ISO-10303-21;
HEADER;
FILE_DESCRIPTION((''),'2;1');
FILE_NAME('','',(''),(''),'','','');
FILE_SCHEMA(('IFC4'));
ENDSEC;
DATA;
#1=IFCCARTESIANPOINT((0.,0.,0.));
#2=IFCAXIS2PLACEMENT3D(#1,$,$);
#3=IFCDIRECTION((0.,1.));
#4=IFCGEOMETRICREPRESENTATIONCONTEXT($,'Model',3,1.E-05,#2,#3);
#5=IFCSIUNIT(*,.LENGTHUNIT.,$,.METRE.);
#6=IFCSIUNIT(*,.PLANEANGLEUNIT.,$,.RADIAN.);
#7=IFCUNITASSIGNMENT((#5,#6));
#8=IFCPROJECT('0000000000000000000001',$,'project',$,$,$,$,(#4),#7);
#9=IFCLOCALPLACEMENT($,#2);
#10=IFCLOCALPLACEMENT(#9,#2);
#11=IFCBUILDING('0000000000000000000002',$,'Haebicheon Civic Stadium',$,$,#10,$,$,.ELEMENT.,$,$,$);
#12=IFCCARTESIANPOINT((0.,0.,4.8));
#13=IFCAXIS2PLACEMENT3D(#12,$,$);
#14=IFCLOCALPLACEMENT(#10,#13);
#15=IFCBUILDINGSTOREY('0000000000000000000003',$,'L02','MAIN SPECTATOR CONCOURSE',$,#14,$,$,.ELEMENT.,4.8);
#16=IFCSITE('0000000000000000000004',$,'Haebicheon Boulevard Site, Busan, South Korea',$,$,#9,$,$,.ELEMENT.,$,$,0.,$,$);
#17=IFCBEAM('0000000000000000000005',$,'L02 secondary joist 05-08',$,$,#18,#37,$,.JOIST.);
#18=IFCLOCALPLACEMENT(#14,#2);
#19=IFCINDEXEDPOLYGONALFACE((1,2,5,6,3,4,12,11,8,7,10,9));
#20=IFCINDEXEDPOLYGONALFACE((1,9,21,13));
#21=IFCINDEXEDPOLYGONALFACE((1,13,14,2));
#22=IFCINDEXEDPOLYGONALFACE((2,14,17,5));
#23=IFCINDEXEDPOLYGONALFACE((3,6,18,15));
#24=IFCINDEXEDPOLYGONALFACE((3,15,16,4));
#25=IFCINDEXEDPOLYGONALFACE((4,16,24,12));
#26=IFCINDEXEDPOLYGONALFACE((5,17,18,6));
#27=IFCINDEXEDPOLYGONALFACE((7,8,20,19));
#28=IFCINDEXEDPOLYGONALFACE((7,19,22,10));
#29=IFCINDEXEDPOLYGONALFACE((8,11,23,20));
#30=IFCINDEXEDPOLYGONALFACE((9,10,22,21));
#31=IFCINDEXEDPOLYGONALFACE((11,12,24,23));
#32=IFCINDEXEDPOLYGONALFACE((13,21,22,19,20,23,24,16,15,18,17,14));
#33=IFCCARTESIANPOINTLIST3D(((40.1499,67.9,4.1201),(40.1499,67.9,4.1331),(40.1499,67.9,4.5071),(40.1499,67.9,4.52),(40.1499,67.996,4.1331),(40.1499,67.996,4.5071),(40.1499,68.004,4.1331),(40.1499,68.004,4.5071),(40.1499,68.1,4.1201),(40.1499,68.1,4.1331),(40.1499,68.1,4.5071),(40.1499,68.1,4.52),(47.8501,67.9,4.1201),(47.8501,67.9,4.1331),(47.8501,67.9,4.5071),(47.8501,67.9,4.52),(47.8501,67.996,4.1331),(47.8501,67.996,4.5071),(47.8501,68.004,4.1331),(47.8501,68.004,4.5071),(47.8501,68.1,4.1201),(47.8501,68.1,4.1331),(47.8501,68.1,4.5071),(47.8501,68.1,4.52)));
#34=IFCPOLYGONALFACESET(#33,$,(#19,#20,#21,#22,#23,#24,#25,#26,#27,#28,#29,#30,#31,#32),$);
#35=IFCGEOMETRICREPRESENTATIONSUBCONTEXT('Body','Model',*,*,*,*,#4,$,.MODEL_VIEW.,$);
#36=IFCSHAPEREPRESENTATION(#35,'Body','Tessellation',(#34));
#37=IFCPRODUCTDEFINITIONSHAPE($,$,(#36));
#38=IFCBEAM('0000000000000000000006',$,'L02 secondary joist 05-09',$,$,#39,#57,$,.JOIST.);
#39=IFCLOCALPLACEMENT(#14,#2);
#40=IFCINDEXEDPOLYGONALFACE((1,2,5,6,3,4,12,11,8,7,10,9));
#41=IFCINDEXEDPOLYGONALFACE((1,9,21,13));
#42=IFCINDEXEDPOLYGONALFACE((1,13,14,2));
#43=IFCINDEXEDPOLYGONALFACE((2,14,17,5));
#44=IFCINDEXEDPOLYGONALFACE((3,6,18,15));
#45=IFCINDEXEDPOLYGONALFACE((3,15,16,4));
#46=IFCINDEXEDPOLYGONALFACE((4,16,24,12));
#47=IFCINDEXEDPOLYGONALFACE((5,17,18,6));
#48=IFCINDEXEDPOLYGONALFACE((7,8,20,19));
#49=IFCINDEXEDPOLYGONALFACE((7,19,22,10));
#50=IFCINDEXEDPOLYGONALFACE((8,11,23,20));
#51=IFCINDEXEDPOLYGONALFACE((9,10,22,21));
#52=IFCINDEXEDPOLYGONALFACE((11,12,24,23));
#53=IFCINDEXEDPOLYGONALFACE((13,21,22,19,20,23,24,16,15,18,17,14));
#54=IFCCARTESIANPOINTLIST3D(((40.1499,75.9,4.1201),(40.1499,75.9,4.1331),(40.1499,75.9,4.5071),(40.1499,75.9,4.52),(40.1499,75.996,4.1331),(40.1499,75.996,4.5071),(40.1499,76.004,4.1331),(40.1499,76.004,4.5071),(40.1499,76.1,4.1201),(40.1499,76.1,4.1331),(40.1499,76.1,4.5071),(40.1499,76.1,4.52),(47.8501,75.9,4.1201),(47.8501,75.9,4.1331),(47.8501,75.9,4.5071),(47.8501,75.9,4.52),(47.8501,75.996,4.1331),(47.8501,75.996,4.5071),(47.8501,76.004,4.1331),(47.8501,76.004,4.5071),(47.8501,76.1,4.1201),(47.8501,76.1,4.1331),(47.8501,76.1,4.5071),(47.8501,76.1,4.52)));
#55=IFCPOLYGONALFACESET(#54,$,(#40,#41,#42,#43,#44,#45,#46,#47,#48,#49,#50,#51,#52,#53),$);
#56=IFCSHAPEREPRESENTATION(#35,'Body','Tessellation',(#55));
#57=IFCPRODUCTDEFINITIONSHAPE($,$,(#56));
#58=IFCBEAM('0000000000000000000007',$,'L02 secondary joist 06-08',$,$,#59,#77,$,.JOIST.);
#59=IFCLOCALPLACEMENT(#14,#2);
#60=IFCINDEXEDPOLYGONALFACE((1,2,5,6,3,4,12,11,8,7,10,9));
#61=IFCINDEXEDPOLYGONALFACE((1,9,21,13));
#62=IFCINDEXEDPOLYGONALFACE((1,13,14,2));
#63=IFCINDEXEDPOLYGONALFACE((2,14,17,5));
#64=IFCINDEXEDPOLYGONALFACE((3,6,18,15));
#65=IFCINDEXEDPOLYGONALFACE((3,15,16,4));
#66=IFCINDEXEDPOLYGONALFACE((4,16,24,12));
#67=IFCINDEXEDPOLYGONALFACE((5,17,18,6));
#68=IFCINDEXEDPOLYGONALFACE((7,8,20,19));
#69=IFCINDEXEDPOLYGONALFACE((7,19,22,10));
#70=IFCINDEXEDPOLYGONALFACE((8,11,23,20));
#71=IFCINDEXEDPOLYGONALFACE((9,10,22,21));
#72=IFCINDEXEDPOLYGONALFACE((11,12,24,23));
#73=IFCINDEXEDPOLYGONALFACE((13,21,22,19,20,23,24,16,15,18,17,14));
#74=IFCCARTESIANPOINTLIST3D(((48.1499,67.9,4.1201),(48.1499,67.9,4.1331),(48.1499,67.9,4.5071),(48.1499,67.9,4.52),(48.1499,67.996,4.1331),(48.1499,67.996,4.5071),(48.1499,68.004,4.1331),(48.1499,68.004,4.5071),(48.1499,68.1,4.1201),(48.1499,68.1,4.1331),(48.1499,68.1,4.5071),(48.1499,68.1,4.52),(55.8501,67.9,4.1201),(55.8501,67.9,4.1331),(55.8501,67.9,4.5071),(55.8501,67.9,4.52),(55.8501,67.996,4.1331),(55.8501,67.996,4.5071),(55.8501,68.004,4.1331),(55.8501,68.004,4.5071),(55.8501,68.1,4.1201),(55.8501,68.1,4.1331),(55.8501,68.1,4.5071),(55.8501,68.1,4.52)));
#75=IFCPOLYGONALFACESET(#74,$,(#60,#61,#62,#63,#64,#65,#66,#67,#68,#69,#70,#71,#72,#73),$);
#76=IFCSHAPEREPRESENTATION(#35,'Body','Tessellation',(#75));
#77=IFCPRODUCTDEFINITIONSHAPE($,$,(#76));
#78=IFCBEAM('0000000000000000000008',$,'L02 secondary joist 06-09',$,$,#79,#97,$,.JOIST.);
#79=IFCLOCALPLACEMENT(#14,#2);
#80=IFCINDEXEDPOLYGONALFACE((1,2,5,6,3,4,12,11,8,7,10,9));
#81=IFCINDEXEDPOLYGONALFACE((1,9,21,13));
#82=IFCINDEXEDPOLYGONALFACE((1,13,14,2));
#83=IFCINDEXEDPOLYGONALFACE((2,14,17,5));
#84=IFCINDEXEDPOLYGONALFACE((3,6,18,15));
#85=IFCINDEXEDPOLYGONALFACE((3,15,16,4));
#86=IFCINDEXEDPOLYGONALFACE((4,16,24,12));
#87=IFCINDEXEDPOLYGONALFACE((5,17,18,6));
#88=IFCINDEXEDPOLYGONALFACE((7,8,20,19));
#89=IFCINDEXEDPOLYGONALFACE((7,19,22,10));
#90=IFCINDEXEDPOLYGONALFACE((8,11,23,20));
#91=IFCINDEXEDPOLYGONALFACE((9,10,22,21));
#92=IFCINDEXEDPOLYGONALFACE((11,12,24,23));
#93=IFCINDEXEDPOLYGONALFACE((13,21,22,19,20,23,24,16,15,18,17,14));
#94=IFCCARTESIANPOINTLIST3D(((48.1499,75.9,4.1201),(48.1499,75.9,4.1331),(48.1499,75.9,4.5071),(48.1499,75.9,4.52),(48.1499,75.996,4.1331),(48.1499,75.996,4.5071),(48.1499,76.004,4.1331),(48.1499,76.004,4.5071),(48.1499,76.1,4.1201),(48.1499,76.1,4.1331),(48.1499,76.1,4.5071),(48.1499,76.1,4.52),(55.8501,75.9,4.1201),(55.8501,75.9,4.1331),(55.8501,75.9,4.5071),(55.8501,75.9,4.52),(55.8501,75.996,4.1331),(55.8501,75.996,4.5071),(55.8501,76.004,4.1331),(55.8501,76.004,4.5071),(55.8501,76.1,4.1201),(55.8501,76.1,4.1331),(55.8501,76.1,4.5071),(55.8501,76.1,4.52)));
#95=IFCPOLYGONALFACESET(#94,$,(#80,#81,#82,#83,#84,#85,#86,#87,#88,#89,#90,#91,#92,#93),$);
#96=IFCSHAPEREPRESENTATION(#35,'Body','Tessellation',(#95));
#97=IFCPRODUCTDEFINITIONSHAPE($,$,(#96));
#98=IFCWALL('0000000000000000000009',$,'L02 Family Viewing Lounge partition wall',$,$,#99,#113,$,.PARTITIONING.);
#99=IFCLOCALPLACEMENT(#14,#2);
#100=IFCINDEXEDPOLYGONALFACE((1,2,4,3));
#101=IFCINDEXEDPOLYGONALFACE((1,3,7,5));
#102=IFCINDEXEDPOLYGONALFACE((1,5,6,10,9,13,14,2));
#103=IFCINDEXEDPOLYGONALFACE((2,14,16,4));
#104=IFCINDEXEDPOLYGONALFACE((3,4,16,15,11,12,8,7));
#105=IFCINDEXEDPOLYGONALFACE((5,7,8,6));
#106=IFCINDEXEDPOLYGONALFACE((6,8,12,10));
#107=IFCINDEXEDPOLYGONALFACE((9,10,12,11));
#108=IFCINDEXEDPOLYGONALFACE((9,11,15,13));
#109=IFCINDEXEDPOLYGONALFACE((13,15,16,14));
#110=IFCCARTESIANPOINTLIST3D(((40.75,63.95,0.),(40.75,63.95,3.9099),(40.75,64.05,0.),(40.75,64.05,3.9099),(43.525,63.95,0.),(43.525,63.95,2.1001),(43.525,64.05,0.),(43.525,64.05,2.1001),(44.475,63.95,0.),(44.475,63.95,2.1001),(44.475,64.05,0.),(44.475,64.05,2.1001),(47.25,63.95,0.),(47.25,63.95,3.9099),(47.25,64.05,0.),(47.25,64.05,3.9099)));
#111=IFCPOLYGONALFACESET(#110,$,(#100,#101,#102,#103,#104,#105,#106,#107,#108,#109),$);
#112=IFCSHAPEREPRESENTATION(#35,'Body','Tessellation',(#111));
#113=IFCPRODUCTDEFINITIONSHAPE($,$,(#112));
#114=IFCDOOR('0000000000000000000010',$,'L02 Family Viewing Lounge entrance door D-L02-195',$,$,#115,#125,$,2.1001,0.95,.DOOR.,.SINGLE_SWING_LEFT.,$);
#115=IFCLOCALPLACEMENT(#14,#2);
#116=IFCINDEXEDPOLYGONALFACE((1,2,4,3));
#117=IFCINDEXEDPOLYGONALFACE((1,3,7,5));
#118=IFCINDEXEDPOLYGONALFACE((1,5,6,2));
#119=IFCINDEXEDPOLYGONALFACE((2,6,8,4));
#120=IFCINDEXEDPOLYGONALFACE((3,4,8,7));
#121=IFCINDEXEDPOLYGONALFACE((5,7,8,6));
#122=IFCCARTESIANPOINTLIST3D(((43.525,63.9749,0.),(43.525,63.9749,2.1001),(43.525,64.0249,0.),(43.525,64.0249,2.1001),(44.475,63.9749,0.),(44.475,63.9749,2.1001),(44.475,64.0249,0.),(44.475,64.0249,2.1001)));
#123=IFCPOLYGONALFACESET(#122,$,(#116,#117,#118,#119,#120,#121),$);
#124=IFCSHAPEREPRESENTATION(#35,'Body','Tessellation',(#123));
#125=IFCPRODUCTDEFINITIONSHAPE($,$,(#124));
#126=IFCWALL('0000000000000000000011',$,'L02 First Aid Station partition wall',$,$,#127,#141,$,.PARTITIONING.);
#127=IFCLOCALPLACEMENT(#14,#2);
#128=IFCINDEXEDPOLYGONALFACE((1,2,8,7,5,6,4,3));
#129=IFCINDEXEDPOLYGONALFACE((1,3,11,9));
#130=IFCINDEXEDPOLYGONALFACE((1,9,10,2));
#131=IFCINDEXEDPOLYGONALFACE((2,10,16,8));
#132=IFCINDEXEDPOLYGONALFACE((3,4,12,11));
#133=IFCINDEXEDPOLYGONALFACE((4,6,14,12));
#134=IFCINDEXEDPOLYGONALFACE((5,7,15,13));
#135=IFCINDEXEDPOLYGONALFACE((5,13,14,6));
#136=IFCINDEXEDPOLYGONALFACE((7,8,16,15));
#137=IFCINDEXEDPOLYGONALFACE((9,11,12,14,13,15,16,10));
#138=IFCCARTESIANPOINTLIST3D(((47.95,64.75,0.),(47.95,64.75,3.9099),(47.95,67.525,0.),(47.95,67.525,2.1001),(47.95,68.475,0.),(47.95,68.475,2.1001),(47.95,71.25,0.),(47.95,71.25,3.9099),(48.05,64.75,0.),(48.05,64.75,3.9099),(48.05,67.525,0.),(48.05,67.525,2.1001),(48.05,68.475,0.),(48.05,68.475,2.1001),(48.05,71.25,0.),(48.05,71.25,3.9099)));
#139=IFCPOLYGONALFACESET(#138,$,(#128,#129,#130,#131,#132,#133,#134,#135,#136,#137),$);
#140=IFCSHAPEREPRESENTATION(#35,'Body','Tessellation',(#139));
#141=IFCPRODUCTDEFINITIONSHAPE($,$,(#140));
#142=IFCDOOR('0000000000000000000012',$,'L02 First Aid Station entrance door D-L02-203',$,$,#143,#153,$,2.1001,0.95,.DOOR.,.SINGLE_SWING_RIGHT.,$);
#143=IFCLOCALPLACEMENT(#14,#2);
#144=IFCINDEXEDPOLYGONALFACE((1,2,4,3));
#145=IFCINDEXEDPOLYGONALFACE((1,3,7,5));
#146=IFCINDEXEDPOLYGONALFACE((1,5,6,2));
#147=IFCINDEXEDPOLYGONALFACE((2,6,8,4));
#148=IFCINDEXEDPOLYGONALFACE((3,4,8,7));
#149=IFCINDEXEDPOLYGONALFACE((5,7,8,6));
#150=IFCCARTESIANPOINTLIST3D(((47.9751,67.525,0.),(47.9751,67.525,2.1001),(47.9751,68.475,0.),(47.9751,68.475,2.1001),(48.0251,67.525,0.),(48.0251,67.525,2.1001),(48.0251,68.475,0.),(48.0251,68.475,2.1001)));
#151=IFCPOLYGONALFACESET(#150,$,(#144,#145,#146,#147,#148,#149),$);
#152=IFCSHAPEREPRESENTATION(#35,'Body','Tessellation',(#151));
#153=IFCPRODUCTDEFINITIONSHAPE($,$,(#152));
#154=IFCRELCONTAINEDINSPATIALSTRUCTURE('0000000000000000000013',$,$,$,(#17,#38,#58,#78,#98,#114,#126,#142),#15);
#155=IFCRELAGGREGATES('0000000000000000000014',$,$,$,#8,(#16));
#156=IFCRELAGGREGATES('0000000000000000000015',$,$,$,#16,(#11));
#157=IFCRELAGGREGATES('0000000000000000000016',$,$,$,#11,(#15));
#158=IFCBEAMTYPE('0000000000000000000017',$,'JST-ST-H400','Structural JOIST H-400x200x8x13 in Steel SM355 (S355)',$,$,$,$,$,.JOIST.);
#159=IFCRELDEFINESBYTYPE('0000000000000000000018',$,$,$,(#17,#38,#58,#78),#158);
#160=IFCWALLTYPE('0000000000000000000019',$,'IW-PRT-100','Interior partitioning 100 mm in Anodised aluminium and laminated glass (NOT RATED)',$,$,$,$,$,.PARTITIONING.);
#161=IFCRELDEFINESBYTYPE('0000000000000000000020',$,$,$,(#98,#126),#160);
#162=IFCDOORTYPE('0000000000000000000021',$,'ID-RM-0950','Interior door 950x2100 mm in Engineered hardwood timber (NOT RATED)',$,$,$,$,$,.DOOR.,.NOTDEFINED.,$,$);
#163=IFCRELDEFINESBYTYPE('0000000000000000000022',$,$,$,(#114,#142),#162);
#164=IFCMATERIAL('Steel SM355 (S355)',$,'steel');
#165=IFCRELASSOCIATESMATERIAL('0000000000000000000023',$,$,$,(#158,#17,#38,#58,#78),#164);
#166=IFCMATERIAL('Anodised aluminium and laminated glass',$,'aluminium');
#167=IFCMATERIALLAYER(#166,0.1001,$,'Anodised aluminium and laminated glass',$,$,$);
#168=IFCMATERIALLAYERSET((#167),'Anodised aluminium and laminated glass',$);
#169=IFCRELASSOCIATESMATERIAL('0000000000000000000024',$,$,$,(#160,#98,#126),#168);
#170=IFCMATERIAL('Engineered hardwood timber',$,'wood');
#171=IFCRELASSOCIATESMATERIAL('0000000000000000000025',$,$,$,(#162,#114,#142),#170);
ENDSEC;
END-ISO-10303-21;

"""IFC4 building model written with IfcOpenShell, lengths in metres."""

from ifc_helpers import new_model, si_unit, direction, frame, frame_2d, origin, origin_2d, place, context, subcontext, project, spatial, rectangle, i_section, extrude, material, layer, layer_set, material_profile, profile_set, type_object, element, fill, save


model = new_model("IFC4")

# Units and contexts
model_context = context("Model", 3, precision=1e-05, world=origin(), true_north=direction((0.0, 1.0)))
body_context = subcontext(model_context, "Body", "Model", "MODEL_VIEW")
ifc_project = project(units=[si_unit("LENGTHUNIT", "METRE"), si_unit("PLANEANGLEUNIT", "RADIAN")], contexts=[model_context])

# Site, building, storey
site_placement = place(None, origin())
site = spatial("IfcSite", under=ifc_project, at=site_placement, Name="Haebicheon Boulevard Site, Busan, South Korea", CompositionType="ELEMENT", RefElevation=0.0)
building_placement = place(site_placement, origin())
building = spatial("IfcBuilding", under=site, at=building_placement, Name="Haebicheon Civic Stadium", CompositionType="ELEMENT")
storey_placement = place(building_placement, frame((0.0, 0.0, 4.8)))
storey = spatial("IfcBuildingStorey", under=building, at=storey_placement, Name="L02", Description="MAIN SPECTATOR CONCOURSE", CompositionType="ELEMENT", Elevation=4.8)

# Beams
ifc_material_1 = material(Name="Steel SM355 (S355)", Category="steel")
ifc_material_profile_1 = material_profile(ifc_material_1, i_section(OverallWidth=0.2, OverallDepth=0.3999, WebThickness=0.0081, FlangeThickness=0.0129, at=origin_2d()), Name="H-400x200x8x13")
ifc_profile_set_1 = profile_set([ifc_material_profile_1], Name="Steel SM355 (S355)")
beam_type_1 = type_object("IfcBeamType", Name="JST-ST-H400", Description="Structural JOIST H-400x200x8x13 in Steel SM355 (S355)", PredefinedType="JOIST", material=ifc_profile_set_1)
for number, where, z_axis, x_axis, name in (
    (1, (40.1499, 68.0, 4.3201), (1.0, 0.0, 0.0), (0.0, 1.0, 0.0), "L02 secondary joist 05-08"),
    (2, (40.1499, 76.0, 4.3201), (1.0, 0.0, 0.0), (0.0, 1.0, 0.0), "L02 secondary joist 05-09"),
    (3, (48.1499, 68.0, 4.3201), (1.0, 0.0, 0.0), (0.0, 1.0, 0.0), "L02 secondary joist 06-08"),
    (4, (48.1499, 76.0, 4.3201), (1.0, 0.0, 0.0), (0.0, 1.0, 0.0), "L02 secondary joist 06-09"),
):
    element("IfcBeam", number, at=place(storey_placement, frame(where, z_axis=z_axis, x_axis=x_axis)), inside=storey, type_object=beam_type_1, material=ifc_profile_set_1, Name=name, PredefinedType="JOIST", context=body_context, shape_type="SweptSolid", body=[
        extrude(i_section(OverallWidth=0.2, OverallDepth=0.3999, WebThickness=0.0081, FlangeThickness=0.0129, at=origin_2d()), origin(), (0.0, 0.0, 1.0), 7.7002),
    ])

# Walls, openings, doors
ifc_material_2 = material(Name="Anodised aluminium and laminated glass", Category="aluminium")
ifc_layer = layer(ifc_material_2, 0.1001, Name="Anodised aluminium and laminated glass")
ifc_layer_set = layer_set([ifc_layer], Name="Anodised aluminium and laminated glass")
wall_type = type_object("IfcWallType", Name="IW-PRT-100", Description="Interior partitioning 100 mm in Anodised aluminium and laminated glass (NOT RATED)", PredefinedType="PARTITIONING", material=ifc_layer_set)
wall_1_placement = place(storey_placement, frame((40.75, 64.0, 0.0), z_axis=(0.0, 0.0, 1.0), x_axis=(1.0, 0.0, 0.0)))
wall_1 = element("IfcWall", 5, at=wall_1_placement, inside=storey, type_object=wall_type, material=ifc_layer_set, Name="L02 Family Viewing Lounge partition wall", PredefinedType="PARTITIONING", context=body_context, shape_type="SweptSolid", body=[
    extrude(rectangle(XDim=6.5, YDim=0.1001, at=frame_2d((3.25, 0.0))), origin(), (0.0, 0.0, 1.0), 3.9099),
])
opening_1_placement = place(wall_1_placement, frame((2.7749, 0.0, 0.0)))
opening_1 = element("IfcOpeningElement", 6, at=opening_1_placement, cuts=wall_1, PredefinedType="OPENING", context=body_context, shape_type="SweptSolid", body=[
    extrude(rectangle(XDim=0.95, YDim=2.1001, at=frame_2d((0.4751, 1.05))), frame((0.0, 0.0601, 0.0), z_axis=(0.0, -1.0, 0.0), x_axis=(1.0, 0.0, 0.0)), (0.0, 0.0, 1.0), 0.1201),
])
ifc_material_3 = material(Name="Engineered hardwood timber", Category="wood")
door_type = type_object("IfcDoorType", Name="ID-RM-0950", Description="Interior door 950x2100 mm in Engineered hardwood timber (NOT RATED)", OperationType="NOTDEFINED", PredefinedType="DOOR", material=ifc_material_3)
door_1_placement = place(opening_1_placement, origin())
door_1 = element("IfcDoor", 7, at=door_1_placement, inside=storey, type_object=door_type, material=ifc_material_3, Name="L02 Family Viewing Lounge entrance door D-L02-195", OperationType="SINGLE_SWING_LEFT", OverallHeight=2.1001, OverallWidth=0.95, PredefinedType="DOOR", context=body_context, shape_type="SweptSolid", body=[
    extrude(rectangle(XDim=0.95, YDim=2.1001, at=frame_2d((0.4751, 1.05))), frame((0.0, 0.0249, 0.0), z_axis=(0.0, -1.0, 0.0), x_axis=(1.0, 0.0, 0.0)), (0.0, 0.0, 1.0), 0.05),
])
fill(opening_1, door_1)
wall_2_placement = place(storey_placement, frame((48.0, 64.75, 0.0), z_axis=(0.0, 0.0, 1.0), x_axis=(0.0, 1.0, 0.0)))
wall_2 = element("IfcWall", 8, at=wall_2_placement, inside=storey, type_object=wall_type, material=ifc_layer_set, Name="L02 First Aid Station partition wall", PredefinedType="PARTITIONING", context=body_context, shape_type="SweptSolid", body=[
    extrude(rectangle(XDim=6.5, YDim=0.1001, at=frame_2d((3.25, 0.0))), origin(), (0.0, 0.0, 1.0), 3.9099),
])
opening_2_placement = place(wall_2_placement, frame((2.7749, 0.0, 0.0)))
opening_2 = element("IfcOpeningElement", 9, at=opening_2_placement, cuts=wall_2, PredefinedType="OPENING", context=body_context, shape_type="SweptSolid", body=[
    extrude(rectangle(XDim=0.95, YDim=2.1001, at=frame_2d((0.4751, 1.05))), frame((0.0, 0.0601, 0.0), z_axis=(0.0, -1.0, 0.0), x_axis=(1.0, 0.0, 0.0)), (0.0, 0.0, 1.0), 0.1201),
])
door_2_placement = place(opening_2_placement, origin())
door_2 = element("IfcDoor", 10, at=door_2_placement, inside=storey, type_object=door_type, material=ifc_material_3, Name="L02 First Aid Station entrance door D-L02-203", OperationType="SINGLE_SWING_RIGHT", OverallHeight=2.1001, OverallWidth=0.95, PredefinedType="DOOR", context=body_context, shape_type="SweptSolid", body=[
    extrude(rectangle(XDim=0.95, YDim=2.1001, at=frame_2d((0.4751, 1.05))), frame((0.0, 0.0249, 0.0), z_axis=(0.0, -1.0, 0.0), x_axis=(1.0, 0.0, 0.0)), (0.0, 0.0, 1.0), 0.05),
])
fill(opening_2, door_2)

save(model, "model.ifc")
